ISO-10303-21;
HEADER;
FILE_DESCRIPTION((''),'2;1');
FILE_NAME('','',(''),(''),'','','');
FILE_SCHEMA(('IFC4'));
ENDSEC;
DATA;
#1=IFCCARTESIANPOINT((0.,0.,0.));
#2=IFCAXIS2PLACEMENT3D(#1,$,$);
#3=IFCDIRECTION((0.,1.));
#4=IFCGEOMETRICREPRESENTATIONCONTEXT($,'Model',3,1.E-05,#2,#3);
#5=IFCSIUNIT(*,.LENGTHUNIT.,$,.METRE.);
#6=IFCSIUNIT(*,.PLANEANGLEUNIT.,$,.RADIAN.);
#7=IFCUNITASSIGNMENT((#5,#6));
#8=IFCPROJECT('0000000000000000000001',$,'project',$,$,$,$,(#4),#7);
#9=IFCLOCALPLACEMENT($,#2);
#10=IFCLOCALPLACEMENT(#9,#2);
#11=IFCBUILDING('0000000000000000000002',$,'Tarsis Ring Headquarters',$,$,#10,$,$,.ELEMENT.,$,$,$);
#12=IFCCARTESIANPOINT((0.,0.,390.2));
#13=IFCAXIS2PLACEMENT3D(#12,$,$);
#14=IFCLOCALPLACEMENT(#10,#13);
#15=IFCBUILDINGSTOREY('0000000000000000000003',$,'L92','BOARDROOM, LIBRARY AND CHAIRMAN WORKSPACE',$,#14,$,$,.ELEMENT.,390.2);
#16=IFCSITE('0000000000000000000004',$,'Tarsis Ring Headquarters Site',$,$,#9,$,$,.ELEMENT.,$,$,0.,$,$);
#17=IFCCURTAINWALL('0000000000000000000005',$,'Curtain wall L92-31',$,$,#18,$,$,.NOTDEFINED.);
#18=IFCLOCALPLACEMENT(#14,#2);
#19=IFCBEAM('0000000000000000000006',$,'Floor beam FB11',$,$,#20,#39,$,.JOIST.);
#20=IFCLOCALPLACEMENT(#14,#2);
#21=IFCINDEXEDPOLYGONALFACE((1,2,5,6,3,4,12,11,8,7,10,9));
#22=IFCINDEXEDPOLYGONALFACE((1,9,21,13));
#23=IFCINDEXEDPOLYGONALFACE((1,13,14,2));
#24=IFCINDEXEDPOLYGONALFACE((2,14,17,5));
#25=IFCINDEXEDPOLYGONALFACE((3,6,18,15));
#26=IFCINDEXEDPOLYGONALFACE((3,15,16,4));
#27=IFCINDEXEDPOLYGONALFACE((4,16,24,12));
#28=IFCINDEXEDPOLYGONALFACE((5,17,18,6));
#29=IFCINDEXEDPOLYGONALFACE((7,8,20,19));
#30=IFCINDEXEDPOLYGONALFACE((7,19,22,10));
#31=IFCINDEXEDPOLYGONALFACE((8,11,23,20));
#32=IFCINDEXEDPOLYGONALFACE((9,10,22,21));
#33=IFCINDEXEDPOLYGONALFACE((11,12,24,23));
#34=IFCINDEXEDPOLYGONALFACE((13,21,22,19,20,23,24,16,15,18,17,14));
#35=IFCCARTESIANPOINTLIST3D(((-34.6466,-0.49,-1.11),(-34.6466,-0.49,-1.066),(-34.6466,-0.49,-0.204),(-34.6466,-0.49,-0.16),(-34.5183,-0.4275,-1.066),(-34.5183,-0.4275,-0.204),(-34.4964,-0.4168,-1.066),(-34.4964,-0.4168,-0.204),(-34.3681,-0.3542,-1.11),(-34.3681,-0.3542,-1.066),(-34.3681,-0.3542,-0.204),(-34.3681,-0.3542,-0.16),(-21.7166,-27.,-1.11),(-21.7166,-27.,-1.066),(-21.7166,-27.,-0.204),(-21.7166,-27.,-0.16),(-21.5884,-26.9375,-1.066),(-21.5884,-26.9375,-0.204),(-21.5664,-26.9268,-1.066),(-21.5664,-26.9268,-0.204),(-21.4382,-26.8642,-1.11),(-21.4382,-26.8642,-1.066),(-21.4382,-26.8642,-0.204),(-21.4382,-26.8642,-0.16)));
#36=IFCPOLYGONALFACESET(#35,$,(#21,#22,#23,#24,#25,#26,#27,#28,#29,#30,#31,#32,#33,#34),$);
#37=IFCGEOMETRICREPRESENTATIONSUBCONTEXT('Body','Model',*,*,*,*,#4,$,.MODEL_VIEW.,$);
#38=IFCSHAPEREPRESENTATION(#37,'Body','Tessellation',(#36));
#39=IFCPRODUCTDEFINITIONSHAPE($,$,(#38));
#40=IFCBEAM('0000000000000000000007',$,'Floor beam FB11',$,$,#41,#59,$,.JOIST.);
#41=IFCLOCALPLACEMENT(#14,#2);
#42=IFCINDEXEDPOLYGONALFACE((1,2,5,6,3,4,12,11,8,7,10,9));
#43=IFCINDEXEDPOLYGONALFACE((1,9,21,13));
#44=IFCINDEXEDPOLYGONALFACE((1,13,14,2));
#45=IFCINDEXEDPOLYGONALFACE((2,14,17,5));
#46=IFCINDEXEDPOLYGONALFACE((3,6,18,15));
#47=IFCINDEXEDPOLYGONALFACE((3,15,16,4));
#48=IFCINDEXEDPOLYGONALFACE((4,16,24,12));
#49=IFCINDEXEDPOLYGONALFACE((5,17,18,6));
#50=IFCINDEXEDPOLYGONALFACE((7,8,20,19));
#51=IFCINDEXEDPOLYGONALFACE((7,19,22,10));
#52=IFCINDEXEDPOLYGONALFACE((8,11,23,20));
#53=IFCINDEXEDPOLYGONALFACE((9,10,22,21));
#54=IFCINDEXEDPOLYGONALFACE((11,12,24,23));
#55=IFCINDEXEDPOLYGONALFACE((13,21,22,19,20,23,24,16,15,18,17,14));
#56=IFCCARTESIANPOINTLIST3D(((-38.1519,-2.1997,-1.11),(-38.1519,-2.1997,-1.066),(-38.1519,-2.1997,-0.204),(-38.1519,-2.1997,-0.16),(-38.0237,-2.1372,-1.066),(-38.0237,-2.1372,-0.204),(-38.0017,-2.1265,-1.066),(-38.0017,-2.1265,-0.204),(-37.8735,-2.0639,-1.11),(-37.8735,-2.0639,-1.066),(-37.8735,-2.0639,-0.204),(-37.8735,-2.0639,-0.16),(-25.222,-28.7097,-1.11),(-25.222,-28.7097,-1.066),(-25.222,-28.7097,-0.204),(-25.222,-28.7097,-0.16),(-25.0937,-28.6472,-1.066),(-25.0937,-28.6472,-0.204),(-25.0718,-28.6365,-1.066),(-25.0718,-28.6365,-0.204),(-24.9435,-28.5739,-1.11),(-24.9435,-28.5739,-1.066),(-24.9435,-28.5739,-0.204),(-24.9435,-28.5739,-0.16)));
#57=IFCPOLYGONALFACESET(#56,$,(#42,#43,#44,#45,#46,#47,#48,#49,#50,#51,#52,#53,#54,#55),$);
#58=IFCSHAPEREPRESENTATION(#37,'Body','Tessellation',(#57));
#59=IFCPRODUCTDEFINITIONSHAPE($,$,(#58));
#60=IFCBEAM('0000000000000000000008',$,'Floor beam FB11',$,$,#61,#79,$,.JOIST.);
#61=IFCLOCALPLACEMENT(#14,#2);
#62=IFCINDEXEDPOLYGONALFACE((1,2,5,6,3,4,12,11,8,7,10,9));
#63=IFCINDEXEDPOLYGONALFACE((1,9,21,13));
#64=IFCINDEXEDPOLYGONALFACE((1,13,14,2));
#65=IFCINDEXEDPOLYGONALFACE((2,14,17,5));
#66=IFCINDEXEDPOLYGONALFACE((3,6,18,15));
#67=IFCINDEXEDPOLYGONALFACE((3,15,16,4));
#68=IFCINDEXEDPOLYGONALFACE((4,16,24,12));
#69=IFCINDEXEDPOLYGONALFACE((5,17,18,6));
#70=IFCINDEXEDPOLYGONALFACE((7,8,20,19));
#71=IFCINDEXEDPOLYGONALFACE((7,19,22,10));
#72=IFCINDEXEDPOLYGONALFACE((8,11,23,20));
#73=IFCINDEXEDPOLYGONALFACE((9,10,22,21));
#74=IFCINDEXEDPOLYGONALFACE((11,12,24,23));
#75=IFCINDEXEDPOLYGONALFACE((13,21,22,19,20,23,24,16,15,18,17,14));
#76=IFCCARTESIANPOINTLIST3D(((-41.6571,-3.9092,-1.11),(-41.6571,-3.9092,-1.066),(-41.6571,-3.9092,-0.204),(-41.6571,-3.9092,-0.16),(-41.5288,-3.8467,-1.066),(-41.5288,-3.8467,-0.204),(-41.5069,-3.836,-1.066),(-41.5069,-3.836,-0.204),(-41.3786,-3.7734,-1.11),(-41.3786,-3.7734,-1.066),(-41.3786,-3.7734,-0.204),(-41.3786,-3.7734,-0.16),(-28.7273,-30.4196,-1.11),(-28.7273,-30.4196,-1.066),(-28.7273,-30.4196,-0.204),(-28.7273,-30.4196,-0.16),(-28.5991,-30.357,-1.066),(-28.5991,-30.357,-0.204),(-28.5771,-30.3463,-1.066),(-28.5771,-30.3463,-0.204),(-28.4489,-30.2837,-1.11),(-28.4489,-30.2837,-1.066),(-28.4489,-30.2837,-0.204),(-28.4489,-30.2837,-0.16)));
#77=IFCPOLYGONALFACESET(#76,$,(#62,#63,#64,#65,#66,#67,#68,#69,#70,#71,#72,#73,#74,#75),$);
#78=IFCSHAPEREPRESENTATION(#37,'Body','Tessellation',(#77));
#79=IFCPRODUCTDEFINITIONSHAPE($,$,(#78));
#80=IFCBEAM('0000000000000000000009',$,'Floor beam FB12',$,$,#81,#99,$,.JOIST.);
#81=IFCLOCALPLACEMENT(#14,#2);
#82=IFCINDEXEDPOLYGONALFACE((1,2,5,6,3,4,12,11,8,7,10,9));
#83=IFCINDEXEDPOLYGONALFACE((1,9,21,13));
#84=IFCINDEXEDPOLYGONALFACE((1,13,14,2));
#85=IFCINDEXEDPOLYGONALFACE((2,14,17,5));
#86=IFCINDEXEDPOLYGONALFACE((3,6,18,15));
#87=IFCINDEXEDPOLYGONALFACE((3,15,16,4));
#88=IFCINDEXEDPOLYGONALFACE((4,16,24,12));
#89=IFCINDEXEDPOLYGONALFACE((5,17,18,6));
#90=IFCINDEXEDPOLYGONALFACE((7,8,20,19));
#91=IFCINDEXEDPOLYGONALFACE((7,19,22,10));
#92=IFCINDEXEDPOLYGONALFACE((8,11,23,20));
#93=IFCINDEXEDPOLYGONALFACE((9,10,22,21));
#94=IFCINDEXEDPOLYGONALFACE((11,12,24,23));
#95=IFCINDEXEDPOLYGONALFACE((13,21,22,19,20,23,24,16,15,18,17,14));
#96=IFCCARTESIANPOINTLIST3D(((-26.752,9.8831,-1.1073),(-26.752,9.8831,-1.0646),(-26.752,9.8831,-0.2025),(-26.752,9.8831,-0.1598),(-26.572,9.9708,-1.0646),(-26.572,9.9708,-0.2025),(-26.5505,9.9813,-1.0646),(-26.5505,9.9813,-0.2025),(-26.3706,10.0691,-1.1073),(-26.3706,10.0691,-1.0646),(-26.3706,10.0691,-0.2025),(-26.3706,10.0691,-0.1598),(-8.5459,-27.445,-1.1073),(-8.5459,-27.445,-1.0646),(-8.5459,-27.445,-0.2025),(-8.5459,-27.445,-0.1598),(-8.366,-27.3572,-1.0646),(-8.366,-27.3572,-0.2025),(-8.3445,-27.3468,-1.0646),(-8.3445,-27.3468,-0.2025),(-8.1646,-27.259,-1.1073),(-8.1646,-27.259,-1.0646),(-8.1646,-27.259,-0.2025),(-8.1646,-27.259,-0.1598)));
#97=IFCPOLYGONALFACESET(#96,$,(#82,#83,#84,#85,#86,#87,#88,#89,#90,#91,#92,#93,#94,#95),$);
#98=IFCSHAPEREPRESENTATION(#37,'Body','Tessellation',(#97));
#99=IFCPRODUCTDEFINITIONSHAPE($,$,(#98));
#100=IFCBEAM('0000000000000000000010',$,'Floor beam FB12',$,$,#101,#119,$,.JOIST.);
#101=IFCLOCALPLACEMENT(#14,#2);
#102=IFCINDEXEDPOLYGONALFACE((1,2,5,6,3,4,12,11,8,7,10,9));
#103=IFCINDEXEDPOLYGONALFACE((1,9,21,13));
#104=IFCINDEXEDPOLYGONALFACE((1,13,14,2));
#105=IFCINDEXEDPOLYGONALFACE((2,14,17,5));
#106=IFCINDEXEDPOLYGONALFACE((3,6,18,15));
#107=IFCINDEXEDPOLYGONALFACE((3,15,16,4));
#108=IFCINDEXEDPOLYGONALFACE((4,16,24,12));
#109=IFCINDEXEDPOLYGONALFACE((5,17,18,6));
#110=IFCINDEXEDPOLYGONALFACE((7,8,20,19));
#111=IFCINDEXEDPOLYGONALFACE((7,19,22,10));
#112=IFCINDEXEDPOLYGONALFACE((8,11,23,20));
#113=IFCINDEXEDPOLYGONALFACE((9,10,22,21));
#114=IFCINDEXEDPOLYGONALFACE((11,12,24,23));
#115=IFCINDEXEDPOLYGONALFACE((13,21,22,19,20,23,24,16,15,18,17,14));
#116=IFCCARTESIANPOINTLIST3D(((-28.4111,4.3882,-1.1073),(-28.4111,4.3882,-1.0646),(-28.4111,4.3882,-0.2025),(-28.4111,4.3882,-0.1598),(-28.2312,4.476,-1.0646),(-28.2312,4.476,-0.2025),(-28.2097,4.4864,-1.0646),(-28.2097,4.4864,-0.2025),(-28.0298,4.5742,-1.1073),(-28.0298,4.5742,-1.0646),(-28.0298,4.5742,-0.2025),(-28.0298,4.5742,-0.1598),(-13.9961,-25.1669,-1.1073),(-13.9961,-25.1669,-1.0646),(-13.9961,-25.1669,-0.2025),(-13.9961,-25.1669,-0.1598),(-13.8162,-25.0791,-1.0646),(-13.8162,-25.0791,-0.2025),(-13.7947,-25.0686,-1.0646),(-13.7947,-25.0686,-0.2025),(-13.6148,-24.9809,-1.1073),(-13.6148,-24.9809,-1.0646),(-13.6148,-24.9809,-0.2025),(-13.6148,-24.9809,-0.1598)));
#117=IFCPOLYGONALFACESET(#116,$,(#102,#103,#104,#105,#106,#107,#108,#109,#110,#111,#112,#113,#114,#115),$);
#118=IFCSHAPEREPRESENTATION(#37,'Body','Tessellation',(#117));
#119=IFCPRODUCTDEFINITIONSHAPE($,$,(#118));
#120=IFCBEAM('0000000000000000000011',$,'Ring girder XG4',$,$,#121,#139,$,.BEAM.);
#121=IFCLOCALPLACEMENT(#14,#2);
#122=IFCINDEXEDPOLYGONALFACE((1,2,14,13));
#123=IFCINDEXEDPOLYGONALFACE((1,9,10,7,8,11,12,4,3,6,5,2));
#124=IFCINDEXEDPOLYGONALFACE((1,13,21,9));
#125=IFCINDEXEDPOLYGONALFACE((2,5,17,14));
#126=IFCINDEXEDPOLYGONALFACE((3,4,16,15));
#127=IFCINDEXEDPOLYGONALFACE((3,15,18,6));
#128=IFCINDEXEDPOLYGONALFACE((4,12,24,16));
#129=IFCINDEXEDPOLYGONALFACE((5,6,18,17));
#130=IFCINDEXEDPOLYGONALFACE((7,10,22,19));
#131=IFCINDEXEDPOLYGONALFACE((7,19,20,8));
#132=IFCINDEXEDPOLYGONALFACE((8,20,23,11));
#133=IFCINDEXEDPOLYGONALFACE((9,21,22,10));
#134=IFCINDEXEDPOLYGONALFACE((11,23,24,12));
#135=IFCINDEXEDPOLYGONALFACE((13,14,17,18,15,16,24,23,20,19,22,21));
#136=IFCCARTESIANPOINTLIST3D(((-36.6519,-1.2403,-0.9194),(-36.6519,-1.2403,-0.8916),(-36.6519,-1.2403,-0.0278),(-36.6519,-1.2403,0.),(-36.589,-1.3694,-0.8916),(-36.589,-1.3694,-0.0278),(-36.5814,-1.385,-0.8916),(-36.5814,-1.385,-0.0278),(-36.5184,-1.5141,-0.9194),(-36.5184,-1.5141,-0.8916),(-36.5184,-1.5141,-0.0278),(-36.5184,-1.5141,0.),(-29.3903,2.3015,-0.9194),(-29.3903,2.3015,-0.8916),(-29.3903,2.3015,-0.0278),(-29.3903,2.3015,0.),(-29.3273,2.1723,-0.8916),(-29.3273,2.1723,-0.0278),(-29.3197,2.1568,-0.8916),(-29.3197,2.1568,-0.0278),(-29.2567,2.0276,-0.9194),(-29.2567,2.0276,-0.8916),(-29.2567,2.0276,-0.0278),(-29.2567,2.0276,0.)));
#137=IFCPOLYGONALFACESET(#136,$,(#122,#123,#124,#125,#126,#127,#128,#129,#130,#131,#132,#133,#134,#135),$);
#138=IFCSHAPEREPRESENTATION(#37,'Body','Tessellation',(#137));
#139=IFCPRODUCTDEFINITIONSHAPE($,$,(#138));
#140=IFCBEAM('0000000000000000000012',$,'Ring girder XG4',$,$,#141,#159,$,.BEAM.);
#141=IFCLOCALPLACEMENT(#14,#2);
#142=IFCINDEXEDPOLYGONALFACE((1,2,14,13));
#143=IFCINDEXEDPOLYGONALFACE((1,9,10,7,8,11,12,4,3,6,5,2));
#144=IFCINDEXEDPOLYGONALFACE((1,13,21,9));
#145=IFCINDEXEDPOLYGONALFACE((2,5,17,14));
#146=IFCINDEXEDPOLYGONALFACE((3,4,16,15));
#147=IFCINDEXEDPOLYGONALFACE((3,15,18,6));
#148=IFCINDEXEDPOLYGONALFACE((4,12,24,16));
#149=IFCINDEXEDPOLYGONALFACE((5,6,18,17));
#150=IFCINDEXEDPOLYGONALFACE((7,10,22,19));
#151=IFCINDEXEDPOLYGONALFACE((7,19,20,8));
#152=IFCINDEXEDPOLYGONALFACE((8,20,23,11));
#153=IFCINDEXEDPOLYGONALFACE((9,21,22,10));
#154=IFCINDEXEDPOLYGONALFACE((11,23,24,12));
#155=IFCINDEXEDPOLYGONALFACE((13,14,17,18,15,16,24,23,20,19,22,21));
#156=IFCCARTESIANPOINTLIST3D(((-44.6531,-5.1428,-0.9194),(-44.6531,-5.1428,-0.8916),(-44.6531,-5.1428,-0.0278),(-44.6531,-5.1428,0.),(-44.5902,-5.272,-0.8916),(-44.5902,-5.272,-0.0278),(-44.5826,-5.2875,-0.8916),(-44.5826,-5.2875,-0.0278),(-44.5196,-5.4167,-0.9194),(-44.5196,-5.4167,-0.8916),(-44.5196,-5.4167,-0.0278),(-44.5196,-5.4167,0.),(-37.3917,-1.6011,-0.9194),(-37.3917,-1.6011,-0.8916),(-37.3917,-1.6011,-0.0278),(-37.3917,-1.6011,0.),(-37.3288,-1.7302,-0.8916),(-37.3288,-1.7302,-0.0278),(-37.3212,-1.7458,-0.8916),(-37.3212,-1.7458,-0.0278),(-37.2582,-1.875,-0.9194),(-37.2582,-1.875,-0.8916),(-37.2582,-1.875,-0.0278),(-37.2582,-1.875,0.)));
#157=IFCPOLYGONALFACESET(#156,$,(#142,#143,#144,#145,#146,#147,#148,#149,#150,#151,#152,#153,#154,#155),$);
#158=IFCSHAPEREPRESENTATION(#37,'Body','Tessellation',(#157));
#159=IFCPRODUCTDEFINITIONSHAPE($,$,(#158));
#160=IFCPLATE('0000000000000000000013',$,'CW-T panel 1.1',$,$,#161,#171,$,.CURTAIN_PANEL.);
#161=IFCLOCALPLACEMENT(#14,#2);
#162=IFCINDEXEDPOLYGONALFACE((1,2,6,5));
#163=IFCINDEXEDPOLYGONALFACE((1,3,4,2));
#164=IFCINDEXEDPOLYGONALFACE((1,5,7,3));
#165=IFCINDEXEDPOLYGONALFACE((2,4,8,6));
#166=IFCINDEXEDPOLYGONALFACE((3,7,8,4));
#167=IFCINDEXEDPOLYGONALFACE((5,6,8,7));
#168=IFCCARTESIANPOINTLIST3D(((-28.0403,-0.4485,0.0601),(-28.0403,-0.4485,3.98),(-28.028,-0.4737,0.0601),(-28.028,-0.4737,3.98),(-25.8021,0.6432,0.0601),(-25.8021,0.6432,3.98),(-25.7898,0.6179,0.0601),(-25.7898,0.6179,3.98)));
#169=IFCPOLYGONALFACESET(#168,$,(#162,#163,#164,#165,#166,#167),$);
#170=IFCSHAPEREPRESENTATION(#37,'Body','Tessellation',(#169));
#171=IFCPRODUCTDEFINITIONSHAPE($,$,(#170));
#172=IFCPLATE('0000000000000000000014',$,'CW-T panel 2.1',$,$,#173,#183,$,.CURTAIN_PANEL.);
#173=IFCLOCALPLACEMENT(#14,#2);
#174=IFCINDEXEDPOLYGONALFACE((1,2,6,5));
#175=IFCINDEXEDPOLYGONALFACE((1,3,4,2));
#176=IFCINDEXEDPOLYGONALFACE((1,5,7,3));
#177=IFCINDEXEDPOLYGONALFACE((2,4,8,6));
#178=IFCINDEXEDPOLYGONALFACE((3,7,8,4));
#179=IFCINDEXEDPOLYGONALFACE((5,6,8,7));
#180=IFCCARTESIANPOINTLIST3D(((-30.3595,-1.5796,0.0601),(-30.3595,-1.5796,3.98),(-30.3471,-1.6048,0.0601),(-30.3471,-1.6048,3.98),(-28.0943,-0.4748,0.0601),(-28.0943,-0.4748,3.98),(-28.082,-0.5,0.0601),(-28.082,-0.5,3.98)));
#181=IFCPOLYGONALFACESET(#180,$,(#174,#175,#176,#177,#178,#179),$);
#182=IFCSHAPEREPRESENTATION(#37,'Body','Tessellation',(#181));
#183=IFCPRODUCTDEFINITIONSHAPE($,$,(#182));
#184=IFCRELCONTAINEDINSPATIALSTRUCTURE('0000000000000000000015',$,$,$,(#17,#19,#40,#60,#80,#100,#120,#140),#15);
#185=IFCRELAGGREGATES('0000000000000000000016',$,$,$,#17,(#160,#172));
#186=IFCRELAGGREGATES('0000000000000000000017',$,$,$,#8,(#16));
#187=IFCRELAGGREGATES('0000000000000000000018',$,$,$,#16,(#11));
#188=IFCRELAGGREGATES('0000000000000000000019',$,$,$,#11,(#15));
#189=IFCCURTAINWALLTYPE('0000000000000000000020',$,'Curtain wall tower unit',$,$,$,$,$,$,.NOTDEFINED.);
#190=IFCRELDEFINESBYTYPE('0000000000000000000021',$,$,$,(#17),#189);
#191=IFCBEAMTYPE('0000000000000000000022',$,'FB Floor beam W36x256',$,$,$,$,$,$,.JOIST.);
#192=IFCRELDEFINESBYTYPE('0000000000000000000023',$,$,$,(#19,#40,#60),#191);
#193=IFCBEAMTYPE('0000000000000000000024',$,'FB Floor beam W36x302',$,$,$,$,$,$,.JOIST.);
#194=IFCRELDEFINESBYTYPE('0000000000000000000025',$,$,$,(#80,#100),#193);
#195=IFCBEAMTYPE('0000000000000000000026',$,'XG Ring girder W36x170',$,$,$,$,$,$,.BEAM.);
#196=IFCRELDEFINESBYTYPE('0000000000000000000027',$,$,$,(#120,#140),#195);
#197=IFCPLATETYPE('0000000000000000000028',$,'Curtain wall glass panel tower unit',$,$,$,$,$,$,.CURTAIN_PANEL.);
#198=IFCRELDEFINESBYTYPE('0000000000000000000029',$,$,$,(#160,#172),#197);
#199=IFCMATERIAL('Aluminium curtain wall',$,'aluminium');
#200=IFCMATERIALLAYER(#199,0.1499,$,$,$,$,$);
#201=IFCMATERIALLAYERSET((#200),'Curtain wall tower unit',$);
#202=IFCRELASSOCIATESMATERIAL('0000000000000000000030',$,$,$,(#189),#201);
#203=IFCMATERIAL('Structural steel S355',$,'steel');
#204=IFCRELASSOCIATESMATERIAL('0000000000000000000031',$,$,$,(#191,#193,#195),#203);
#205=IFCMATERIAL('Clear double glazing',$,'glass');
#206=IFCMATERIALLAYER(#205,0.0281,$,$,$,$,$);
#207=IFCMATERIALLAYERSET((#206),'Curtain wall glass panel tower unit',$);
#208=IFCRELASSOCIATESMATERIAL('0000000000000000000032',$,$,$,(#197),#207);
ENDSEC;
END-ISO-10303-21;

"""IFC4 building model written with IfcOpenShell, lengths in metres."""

from ifc_helpers import new_model, si_unit, direction, frame, origin, origin_2d, place, context, subcontext, project, spatial, rectangle, i_section, extrude, material, layer, layer_set, material_profile, profile_set, type_object, element, aggregate, save


model = new_model("IFC4")

# Units and contexts
model_context = context("Model", 3, precision=1e-05, world=origin(), true_north=direction((0.0, 1.0)))
body_context = subcontext(model_context, "Body", "Model", "MODEL_VIEW")
ifc_project = project(units=[si_unit("LENGTHUNIT", "METRE"), si_unit("PLANEANGLEUNIT", "RADIAN")], contexts=[model_context])

# Site, building, storey
site_placement = place(None, origin())
site = spatial("IfcSite", under=ifc_project, at=site_placement, Name="Tarsis Ring Headquarters Site", CompositionType="ELEMENT", RefElevation=0.0)
building_placement = place(site_placement, origin())
building = spatial("IfcBuilding", under=site, at=building_placement, Name="Tarsis Ring Headquarters", CompositionType="ELEMENT")
storey_placement = place(building_placement, frame((0.0, 0.0, 390.2)))
storey = spatial("IfcBuildingStorey", under=building, at=storey_placement, Name="L92", Description="BOARDROOM, LIBRARY AND CHAIRMAN WORKSPACE", CompositionType="ELEMENT", Elevation=390.2)

# Shared definitions
ifc_material_1 = material(Name="Structural steel S355", Category="steel")

# Curtain wall
ifc_material_2 = material(Name="Aluminium curtain wall", Category="aluminium")
ifc_layer_1 = layer(ifc_material_2, 0.1499)
ifc_layer_set_1 = layer_set([ifc_layer_1], Name="Curtain wall tower unit")
curtain_wall_type = type_object("IfcCurtainWallType", Name="Curtain wall tower unit", PredefinedType="NOTDEFINED", material=ifc_layer_set_1)
curtain_wall_placement = place(storey_placement, origin())
curtain_wall = element("IfcCurtainWall", 1, at=curtain_wall_placement, inside=storey, type_object=curtain_wall_type, Name="Curtain wall L92-31", PredefinedType="NOTDEFINED")

# Beams
ifc_material_profile_1 = material_profile(ifc_material_1, i_section(OverallWidth=0.3098, OverallDepth=0.95, WebThickness=0.0244, FlangeThickness=0.0439, at=origin_2d()), Name="W36x256")
ifc_profile_set_1 = profile_set([ifc_material_profile_1], Name="Structural steel S355")
beam_type_1 = type_object("IfcBeamType", Name="FB Floor beam W36x256", PredefinedType="JOIST", material=ifc_profile_set_1)
for number, where, z_axis, x_axis, name in (
    (2, (-34.5073, -0.4221, -0.635), (0.438375, -0.898792, 0.0), (0.898792, 0.438375, 0.0), "Floor beam FB11"),
    (3, (-38.0127, -2.1318, -0.635), (0.438375, -0.898792, 0.0), (0.898792, 0.438375, 0.0), "Floor beam FB11"),
):
    element("IfcBeam", number, at=place(storey_placement, frame(where, z_axis=z_axis, x_axis=x_axis)), inside=storey, type_object=beam_type_1, Name=name, PredefinedType="JOIST", context=body_context, shape_type="SweptSolid", body=[
        extrude(i_section(OverallWidth=0.3098, OverallDepth=0.95, WebThickness=0.0244, FlangeThickness=0.0439, at=origin_2d()), origin(), (0.0, 0.0, 1.0), 29.4951),
    ])
beam_1_placement = place(storey_placement, frame((-41.5178, -3.8413, -0.635), z_axis=(0.438365, -0.898797, 0.0), x_axis=(0.898797, 0.438365, 0.0)))
element("IfcBeam", 4, at=beam_1_placement, inside=storey, type_object=beam_type_1, Name="Floor beam FB11", PredefinedType="JOIST", context=body_context, shape_type="SweptSolid", body=[
    extrude(i_section(OverallWidth=0.3098, OverallDepth=0.95, WebThickness=0.0244, FlangeThickness=0.0439, at=origin_2d()), origin(), (0.0, 0.0, 1.0), 29.4954),
])
ifc_material_profile_2 = material_profile(ifc_material_1, i_section(OverallWidth=0.4243, OverallDepth=0.9475, WebThickness=0.0239, FlangeThickness=0.0427, at=origin_2d()), Name="W36x302")
ifc_profile_set_2 = profile_set([ifc_material_profile_2], Name="Structural steel S355")
beam_type_2 = type_object("IfcBeamType", Name="FB Floor beam W36x302", PredefinedType="JOIST", material=ifc_profile_set_2)
beam_2_placement = place(storey_placement, frame((-26.5613, 9.9761, -0.6335), z_axis=(0.438369, -0.898795, 0.0), x_axis=(0.898795, 0.438369, 0.0)))
element("IfcBeam", 5, at=beam_2_placement, inside=storey, type_object=beam_type_2, Name="Floor beam FB12", PredefinedType="JOIST", context=body_context, shape_type="SweptSolid", body=[
    extrude(i_section(OverallWidth=0.4243, OverallDepth=0.9475, WebThickness=0.0239, FlangeThickness=0.0427, at=origin_2d()), origin(), (0.0, 0.0, 1.0), 41.5312),
])
beam_3_placement = place(storey_placement, frame((-28.2205, 4.4812, -0.6335), z_axis=(0.438372, -0.898794, 0.0), x_axis=(0.898794, 0.438372, 0.0)))
element("IfcBeam", 6, at=beam_3_placement, inside=storey, type_object=beam_type_2, Name="Floor beam FB12", PredefinedType="JOIST", context=body_context, shape_type="SweptSolid", body=[
    extrude(i_section(OverallWidth=0.4243, OverallDepth=0.9475, WebThickness=0.0239, FlangeThickness=0.0427, at=origin_2d()), origin(), (0.0, 0.0, 1.0), 32.8831),
])
ifc_material_profile_3 = material_profile(ifc_material_1, i_section(OverallWidth=0.3047, OverallDepth=0.9194, WebThickness=0.0173, FlangeThickness=0.0278, at=origin_2d()), Name="W36x170")
ifc_profile_set_3 = profile_set([ifc_material_profile_3], Name="Structural steel S355")
beam_type_3 = type_object("IfcBeamType", Name="XG Ring girder W36x170", PredefinedType="BEAM", material=ifc_profile_set_3)
beam_4_placement = place(storey_placement, frame((-29.3235, 2.1646, -0.4597), z_axis=(-0.898795, -0.438368, 0.0), x_axis=(0.438368, -0.898795, 0.0)))
element("IfcBeam", 7, at=beam_4_placement, inside=storey, type_object=beam_type_3, Name="Ring girder XG4", PredefinedType="BEAM", context=body_context, shape_type="SweptSolid", body=[
    extrude(i_section(OverallWidth=0.3047, OverallDepth=0.9194, WebThickness=0.0173, FlangeThickness=0.0278, at=origin_2d()), origin(), (0.0, 0.0, 1.0), 8.0793),
])
beam_5_placement = place(storey_placement, frame((-37.325, -1.738, -0.4597), z_axis=(-0.89879, -0.43838, 0.0), x_axis=(0.43838, -0.89879, 0.0)))
element("IfcBeam", 8, at=beam_5_placement, inside=storey, type_object=beam_type_3, Name="Ring girder XG4", PredefinedType="BEAM", context=body_context, shape_type="SweptSolid", body=[
    extrude(i_section(OverallWidth=0.3047, OverallDepth=0.9194, WebThickness=0.0173, FlangeThickness=0.0278, at=origin_2d()), origin(), (0.0, 0.0, 1.0), 8.0791),
])

# Plates
ifc_material_3 = material(Name="Clear double glazing", Category="glass")
ifc_layer_2 = layer(ifc_material_3, 0.0281)
ifc_layer_set_2 = layer_set([ifc_layer_2], Name="Curtain wall glass panel tower unit")
plate_type = type_object("IfcPlateType", Name="Curtain wall glass panel tower unit", PredefinedType="CURTAIN_PANEL", material=ifc_layer_set_2)
plate_1_placement = place(storey_placement, frame((-26.915, 0.0847, 0.0601), z_axis=(0.0, 0.0, 1.0), x_axis=(-0.898794, -0.438371, 0.0)))
plate_1 = element("IfcPlate", 9, at=plate_1_placement, type_object=plate_type, Name="CW-T panel 1.1", PredefinedType="CURTAIN_PANEL", context=body_context, shape_type="SweptSolid", body=[
    extrude(rectangle(XDim=2.4902, YDim=0.0281, at=origin_2d()), origin(), (0.0, 0.0, 1.0), 3.9199),
])
plate_2_placement = place(storey_placement, frame((-29.2207, -1.0398, 0.0601), z_axis=(0.0, 0.0, 1.0), x_axis=(-0.898794, -0.438371, 0.0)))
plate_2 = element("IfcPlate", 10, at=plate_2_placement, type_object=plate_type, Name="CW-T panel 2.1", PredefinedType="CURTAIN_PANEL", context=body_context, shape_type="SweptSolid", body=[
    extrude(rectangle(XDim=2.5203, YDim=0.0281, at=origin_2d()), origin(), (0.0, 0.0, 1.0), 3.9199),
])
aggregate(curtain_wall, [plate_1, plate_2])

save(model, "model.ifc")
